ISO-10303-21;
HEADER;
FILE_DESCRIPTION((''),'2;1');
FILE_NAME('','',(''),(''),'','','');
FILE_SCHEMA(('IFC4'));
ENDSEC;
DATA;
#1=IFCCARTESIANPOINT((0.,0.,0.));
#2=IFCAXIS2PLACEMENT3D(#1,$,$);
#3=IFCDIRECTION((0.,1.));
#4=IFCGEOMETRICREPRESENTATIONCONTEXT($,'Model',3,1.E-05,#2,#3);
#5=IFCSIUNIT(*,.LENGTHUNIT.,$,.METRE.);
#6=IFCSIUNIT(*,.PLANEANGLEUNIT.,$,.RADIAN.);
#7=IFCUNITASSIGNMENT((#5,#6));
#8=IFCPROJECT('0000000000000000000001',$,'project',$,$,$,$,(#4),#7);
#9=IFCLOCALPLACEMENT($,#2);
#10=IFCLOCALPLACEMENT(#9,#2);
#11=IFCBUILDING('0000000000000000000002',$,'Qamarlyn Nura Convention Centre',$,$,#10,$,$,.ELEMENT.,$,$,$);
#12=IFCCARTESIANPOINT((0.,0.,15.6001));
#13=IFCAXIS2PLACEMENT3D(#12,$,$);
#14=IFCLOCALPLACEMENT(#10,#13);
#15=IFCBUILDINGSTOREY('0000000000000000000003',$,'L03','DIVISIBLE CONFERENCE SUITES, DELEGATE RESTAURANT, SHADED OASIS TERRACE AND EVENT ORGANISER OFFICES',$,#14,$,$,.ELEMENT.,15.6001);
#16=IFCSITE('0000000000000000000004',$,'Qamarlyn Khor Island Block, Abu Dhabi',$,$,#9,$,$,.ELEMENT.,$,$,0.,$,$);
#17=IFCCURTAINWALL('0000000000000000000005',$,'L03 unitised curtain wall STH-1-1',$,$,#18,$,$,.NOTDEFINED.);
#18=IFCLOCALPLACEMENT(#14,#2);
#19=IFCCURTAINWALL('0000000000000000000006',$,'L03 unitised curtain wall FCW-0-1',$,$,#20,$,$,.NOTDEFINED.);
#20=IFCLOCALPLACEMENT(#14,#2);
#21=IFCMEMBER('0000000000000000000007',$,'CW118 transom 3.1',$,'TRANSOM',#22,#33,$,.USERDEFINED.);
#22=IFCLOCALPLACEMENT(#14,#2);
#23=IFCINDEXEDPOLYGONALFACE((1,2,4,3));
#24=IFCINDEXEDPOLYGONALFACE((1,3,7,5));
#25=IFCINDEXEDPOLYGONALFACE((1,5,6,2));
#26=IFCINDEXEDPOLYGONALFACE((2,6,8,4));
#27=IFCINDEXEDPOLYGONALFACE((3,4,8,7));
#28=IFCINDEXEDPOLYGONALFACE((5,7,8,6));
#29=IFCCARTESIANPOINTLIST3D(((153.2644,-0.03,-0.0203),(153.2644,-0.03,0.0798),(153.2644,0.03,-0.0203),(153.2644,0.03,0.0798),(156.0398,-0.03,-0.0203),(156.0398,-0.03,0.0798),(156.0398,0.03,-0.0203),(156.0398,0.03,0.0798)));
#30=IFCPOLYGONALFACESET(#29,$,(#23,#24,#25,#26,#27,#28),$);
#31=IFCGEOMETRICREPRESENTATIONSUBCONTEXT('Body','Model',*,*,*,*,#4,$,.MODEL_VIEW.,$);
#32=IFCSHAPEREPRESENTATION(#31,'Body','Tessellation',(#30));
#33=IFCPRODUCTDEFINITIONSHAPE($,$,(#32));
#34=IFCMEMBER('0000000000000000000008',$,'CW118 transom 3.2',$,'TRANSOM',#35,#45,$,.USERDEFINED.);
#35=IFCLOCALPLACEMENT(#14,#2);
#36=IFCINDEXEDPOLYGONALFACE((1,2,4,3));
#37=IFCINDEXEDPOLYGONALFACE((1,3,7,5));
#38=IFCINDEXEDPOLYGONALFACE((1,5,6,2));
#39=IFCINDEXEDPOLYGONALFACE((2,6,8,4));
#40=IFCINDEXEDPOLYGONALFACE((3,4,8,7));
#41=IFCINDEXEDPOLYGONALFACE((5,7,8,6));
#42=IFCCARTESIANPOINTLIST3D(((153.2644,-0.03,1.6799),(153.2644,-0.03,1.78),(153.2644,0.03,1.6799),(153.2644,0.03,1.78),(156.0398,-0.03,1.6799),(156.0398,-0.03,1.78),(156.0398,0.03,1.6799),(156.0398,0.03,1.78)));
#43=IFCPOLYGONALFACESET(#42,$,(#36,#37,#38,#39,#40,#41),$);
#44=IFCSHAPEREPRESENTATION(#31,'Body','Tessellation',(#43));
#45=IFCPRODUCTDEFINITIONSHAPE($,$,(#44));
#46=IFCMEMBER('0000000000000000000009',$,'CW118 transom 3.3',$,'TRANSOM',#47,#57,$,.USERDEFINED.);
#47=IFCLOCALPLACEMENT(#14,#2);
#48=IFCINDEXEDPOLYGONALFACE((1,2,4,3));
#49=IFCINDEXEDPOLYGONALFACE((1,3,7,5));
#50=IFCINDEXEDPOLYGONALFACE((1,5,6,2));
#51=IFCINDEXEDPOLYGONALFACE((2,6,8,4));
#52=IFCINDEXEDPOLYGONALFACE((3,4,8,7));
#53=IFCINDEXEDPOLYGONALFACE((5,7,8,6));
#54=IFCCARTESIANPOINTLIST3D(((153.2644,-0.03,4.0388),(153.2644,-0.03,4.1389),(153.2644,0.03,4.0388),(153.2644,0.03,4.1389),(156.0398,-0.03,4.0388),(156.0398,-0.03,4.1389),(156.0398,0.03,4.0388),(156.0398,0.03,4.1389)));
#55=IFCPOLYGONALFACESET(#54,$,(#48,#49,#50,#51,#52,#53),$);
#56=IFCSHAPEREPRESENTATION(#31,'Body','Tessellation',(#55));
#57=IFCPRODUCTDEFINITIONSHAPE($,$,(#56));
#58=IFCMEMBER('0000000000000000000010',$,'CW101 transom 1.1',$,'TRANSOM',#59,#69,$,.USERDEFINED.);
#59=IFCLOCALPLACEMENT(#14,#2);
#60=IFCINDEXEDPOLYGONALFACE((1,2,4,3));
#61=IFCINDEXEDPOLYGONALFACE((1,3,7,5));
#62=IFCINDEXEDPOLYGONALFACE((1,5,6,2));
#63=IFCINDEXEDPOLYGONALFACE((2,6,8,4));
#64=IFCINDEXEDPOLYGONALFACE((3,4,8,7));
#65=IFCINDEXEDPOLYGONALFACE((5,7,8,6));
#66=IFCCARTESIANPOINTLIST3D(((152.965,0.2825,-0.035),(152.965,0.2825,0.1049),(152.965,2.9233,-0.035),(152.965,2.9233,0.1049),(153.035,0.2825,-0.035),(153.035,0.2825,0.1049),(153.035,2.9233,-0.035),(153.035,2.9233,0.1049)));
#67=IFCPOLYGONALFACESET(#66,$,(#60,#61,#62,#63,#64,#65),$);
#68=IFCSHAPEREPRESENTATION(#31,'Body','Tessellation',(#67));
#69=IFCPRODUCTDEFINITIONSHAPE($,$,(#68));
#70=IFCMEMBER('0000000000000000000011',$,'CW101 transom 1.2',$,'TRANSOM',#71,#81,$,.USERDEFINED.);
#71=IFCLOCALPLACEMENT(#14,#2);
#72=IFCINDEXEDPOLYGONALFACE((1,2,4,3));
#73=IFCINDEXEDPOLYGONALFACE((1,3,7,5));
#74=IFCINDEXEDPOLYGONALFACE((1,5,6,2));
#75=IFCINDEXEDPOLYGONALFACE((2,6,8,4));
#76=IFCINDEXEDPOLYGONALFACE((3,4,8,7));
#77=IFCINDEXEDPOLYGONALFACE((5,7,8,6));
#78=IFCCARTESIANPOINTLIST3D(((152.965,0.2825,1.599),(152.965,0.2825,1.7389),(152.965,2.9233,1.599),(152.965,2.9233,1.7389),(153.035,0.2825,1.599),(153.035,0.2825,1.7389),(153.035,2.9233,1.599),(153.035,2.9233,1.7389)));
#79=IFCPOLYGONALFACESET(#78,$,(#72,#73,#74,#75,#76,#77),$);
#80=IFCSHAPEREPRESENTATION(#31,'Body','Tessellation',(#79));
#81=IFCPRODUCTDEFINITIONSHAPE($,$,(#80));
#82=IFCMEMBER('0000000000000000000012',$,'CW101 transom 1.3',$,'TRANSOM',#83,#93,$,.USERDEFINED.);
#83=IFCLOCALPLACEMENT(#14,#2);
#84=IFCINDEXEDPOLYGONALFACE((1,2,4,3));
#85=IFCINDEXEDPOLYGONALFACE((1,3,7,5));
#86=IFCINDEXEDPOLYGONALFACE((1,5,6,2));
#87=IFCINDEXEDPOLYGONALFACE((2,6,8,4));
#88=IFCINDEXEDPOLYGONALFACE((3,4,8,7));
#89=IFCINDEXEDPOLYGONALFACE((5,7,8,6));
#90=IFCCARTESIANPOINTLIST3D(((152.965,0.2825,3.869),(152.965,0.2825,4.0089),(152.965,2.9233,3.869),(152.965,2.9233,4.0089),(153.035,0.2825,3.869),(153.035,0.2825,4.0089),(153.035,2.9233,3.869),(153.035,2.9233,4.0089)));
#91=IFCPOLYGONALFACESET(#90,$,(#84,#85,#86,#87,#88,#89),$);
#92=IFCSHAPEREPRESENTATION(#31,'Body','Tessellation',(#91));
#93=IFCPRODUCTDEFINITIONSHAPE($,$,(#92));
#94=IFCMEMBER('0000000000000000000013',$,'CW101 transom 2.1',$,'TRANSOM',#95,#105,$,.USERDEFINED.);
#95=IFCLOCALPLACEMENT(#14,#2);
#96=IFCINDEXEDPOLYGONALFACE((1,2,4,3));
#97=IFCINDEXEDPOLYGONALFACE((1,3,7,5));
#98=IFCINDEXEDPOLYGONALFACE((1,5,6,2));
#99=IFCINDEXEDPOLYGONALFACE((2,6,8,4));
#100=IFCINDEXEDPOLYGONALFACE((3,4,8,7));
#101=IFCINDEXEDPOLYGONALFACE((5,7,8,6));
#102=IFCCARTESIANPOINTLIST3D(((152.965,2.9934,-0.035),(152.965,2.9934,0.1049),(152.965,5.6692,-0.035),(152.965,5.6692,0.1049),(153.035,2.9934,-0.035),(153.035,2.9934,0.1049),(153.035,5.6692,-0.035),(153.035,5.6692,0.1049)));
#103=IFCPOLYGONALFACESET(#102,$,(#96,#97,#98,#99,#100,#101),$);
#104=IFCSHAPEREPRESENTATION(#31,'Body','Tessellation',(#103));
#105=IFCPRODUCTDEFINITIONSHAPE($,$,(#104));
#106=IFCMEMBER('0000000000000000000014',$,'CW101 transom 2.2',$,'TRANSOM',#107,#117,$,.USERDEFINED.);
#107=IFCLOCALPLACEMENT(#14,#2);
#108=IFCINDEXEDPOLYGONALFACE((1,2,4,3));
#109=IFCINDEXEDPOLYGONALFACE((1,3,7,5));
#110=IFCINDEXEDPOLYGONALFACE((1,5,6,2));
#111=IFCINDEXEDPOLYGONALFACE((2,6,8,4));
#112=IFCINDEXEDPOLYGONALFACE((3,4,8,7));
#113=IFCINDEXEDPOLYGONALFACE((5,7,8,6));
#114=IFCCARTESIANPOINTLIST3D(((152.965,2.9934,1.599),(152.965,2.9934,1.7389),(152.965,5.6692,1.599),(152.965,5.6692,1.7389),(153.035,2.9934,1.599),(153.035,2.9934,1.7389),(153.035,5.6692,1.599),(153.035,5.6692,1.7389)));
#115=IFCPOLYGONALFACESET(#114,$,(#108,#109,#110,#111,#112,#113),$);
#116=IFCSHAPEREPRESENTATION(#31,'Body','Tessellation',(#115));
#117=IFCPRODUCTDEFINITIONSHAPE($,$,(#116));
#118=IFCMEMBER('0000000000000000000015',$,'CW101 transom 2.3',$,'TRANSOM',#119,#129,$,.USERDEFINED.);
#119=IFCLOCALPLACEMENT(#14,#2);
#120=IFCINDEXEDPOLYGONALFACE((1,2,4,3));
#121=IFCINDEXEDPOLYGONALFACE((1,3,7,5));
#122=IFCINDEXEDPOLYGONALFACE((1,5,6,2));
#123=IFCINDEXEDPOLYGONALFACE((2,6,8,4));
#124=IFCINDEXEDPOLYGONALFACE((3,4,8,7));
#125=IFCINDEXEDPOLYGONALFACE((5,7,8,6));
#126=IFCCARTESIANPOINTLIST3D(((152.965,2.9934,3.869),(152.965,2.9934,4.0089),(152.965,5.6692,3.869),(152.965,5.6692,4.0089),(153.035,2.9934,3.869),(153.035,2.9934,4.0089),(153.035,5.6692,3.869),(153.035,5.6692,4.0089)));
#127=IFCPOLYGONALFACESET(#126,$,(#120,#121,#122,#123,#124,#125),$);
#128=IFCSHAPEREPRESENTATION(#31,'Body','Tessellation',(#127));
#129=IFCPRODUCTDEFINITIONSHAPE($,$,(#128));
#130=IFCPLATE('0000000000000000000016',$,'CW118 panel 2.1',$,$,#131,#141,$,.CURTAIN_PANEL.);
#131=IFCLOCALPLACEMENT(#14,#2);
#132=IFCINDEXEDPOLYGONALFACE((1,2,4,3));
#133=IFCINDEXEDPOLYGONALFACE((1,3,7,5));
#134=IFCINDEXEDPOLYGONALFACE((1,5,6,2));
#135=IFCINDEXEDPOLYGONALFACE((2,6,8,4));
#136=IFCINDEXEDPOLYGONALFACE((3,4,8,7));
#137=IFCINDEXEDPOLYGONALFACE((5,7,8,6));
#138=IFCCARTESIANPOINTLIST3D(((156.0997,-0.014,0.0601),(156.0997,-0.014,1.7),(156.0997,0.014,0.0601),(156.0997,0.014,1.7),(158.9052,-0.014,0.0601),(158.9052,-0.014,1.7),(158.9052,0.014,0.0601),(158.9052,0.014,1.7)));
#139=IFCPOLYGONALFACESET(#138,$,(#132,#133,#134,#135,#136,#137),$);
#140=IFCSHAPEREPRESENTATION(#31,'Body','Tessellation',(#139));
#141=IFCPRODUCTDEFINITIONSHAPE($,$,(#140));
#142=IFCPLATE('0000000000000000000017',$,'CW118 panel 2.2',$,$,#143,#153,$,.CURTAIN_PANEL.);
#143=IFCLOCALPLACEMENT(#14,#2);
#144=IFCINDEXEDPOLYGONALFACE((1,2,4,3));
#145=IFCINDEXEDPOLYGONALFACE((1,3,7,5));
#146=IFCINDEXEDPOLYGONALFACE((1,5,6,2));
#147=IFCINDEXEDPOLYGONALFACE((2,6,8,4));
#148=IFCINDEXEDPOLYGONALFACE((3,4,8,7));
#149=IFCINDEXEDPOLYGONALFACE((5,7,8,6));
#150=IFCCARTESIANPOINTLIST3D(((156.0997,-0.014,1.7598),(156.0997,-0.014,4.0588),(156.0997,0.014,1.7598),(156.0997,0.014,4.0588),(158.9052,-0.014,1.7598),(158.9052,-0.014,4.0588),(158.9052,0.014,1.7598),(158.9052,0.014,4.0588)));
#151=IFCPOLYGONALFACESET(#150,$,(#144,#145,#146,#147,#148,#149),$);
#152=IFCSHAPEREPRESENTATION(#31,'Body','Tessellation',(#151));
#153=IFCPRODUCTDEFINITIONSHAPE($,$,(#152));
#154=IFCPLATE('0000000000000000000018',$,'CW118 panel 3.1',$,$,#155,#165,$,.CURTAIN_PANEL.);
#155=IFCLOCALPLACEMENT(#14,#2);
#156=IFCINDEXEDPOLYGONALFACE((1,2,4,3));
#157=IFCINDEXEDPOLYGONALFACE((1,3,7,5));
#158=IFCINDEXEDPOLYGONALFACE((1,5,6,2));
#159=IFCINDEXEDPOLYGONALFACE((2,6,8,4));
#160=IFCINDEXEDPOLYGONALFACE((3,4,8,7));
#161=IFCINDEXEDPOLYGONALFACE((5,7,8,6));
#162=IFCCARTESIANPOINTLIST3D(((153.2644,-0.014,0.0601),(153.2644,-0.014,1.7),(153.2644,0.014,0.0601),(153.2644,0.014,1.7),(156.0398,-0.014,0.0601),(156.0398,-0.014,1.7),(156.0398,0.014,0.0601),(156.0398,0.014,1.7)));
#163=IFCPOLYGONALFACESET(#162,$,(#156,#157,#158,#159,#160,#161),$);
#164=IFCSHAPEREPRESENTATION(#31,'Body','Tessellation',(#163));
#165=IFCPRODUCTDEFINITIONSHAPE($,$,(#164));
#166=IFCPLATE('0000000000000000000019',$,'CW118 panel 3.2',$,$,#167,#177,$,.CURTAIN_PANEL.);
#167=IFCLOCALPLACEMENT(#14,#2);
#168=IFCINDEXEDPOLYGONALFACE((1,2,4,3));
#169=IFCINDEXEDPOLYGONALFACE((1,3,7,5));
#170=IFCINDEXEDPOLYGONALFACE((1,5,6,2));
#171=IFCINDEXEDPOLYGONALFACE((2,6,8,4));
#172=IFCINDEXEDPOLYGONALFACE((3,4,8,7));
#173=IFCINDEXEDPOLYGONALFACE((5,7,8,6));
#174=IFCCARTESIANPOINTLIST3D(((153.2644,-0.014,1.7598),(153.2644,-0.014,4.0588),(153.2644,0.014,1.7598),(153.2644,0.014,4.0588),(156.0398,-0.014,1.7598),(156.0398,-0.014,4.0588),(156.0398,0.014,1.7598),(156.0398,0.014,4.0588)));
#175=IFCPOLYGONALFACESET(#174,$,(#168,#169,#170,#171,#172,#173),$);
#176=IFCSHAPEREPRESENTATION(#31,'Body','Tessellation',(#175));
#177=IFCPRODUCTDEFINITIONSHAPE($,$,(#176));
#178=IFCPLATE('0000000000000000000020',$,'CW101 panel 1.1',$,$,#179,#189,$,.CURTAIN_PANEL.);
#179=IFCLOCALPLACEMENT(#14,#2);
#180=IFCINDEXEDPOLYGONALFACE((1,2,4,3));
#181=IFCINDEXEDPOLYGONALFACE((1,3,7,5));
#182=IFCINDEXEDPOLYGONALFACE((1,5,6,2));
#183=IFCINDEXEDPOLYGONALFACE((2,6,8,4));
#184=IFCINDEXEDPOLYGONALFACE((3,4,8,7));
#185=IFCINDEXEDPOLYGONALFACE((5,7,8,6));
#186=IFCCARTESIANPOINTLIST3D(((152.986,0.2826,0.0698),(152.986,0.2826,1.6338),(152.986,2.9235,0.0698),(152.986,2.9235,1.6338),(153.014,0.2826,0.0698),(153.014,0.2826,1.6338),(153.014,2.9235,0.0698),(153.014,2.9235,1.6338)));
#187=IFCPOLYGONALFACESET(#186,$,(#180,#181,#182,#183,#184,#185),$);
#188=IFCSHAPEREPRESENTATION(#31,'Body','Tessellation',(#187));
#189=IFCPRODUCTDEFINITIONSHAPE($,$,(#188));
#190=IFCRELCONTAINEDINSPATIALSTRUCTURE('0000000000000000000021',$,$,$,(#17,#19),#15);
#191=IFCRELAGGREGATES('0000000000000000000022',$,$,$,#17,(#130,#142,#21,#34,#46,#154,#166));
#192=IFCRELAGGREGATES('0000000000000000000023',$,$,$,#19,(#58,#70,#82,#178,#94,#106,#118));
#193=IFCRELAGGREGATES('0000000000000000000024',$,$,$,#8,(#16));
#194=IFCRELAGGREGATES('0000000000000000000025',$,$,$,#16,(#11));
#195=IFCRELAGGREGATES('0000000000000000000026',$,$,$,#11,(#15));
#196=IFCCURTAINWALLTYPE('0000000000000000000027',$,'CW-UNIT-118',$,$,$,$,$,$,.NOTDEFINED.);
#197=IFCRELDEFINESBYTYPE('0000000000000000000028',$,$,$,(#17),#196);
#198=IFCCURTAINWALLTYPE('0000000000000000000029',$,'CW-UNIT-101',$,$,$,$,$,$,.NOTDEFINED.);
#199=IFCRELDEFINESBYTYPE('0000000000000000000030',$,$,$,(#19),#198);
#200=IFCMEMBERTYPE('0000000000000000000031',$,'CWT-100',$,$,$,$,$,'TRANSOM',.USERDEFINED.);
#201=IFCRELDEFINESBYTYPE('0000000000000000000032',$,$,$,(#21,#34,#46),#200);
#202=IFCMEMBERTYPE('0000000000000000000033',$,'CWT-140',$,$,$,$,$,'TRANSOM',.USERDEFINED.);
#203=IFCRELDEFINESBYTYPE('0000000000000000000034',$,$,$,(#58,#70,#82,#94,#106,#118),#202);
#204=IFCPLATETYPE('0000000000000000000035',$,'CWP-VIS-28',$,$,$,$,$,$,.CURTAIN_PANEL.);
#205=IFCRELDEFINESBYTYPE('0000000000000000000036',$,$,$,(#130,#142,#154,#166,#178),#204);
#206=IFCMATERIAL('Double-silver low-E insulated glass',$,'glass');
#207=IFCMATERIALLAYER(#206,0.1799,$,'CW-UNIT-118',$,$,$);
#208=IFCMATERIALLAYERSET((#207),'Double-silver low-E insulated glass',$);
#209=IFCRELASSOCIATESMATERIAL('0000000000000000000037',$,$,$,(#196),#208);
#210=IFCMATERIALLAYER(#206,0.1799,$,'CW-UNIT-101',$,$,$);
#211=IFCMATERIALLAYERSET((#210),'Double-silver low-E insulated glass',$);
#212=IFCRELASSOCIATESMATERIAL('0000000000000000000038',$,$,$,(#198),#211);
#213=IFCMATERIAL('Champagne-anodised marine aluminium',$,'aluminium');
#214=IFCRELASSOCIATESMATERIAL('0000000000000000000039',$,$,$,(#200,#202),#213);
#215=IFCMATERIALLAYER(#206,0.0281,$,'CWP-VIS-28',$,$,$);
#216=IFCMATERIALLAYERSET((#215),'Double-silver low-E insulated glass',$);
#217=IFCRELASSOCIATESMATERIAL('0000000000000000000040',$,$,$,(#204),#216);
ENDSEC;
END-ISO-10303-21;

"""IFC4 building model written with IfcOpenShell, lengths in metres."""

from ifc_helpers import new_model, si_unit, direction, frame, origin, origin_2d, place, context, subcontext, project, spatial, rectangle, extrude, material, layer, layer_set, material_profile, profile_set, type_object, element, aggregate, save


model = new_model("IFC4")

# Units and contexts
model_context = context("Model", 3, precision=1e-05, world=origin(), true_north=direction((0.0, 1.0)))
body_context = subcontext(model_context, "Body", "Model", "MODEL_VIEW")
ifc_project = project(units=[si_unit("LENGTHUNIT", "METRE"), si_unit("PLANEANGLEUNIT", "RADIAN")], contexts=[model_context])

# Site, building, storey
site_placement = place(None, origin())
site = spatial("IfcSite", under=ifc_project, at=site_placement, Name="Qamarlyn Khor Island Block, Abu Dhabi", CompositionType="ELEMENT", RefElevation=0.0)
building_placement = place(site_placement, origin())
building = spatial("IfcBuilding", under=site, at=building_placement, Name="Qamarlyn Nura Convention Centre", CompositionType="ELEMENT")
storey_placement = place(building_placement, frame((0.0, 0.0, 15.6001)))
storey = spatial("IfcBuildingStorey", under=building, at=storey_placement, Name="L03", Description="DIVISIBLE CONFERENCE SUITES, DELEGATE RESTAURANT, SHADED OASIS TERRACE AND EVENT ORGANISER OFFICES", CompositionType="ELEMENT", Elevation=15.6001)

# Curtain walls
ifc_material_1 = material(Name="Double-silver low-E insulated glass", Category="glass")
ifc_layer_1 = layer(ifc_material_1, 0.1799, Name="CW-UNIT-118")
ifc_layer_set_1 = layer_set([ifc_layer_1], Name="Double-silver low-E insulated glass")
curtain_wall_type_1 = type_object("IfcCurtainWallType", Name="CW-UNIT-118", PredefinedType="NOTDEFINED", material=ifc_layer_set_1)
curtain_wall_1_placement = place(storey_placement, origin())
curtain_wall_1 = element("IfcCurtainWall", 1, at=curtain_wall_1_placement, inside=storey, type_object=curtain_wall_type_1, Name="L03 unitised curtain wall STH-1-1", PredefinedType="NOTDEFINED")
ifc_material_2 = material(Name="Champagne-anodised marine aluminium", Category="aluminium")
ifc_layer_2 = layer(ifc_material_1, 0.1799, Name="CW-UNIT-101")
ifc_layer_set_2 = layer_set([ifc_layer_2], Name="Double-silver low-E insulated glass")
curtain_wall_type_2 = type_object("IfcCurtainWallType", Name="CW-UNIT-101", PredefinedType="NOTDEFINED", material=ifc_layer_set_2)
curtain_wall_2_placement = place(storey_placement, origin())
curtain_wall_2 = element("IfcCurtainWall", 2, at=curtain_wall_2_placement, inside=storey, type_object=curtain_wall_type_2, Name="L03 unitised curtain wall FCW-0-1", PredefinedType="NOTDEFINED")

# Members
ifc_material_profile_1 = material_profile(ifc_material_2, rectangle(XDim=0.0601, YDim=0.1001, at=origin_2d()), Name="ALU TRANSOM 60x100")
ifc_profile_set_1 = profile_set([ifc_material_profile_1], Name="Champagne-anodised marine aluminium")
member_type_1 = type_object("IfcMemberType", Name="CWT-100", ElementType="TRANSOM", PredefinedType="USERDEFINED", material=ifc_profile_set_1)
member_1_placement = place(storey_placement, frame((156.0398, 0.0, 0.0298), z_axis=(-1.0, 0.0, 0.0), x_axis=(0.0, -1.0, 0.0)))
member_1 = element("IfcMember", 3, at=member_1_placement, type_object=member_type_1, Name="CW118 transom 3.1", ObjectType="TRANSOM", PredefinedType="USERDEFINED", context=body_context, shape_type="SweptSolid", body=[
    extrude(rectangle(XDim=0.0601, YDim=0.1001, at=origin_2d()), origin(), (0.0, 0.0, 1.0), 2.7754),
])
member_2_placement = place(storey_placement, frame((156.0398, 0.0, 1.73), z_axis=(-1.0, 0.0, 0.0), x_axis=(0.0, -1.0, 0.0)))
member_2 = element("IfcMember", 4, at=member_2_placement, type_object=member_type_1, Name="CW118 transom 3.2", ObjectType="TRANSOM", PredefinedType="USERDEFINED", context=body_context, shape_type="SweptSolid", body=[
    extrude(rectangle(XDim=0.0601, YDim=0.1001, at=origin_2d()), origin(), (0.0, 0.0, 1.0), 2.7754),
])
member_3_placement = place(storey_placement, frame((156.0398, 0.0, 4.0889), z_axis=(-1.0, 0.0, 0.0), x_axis=(0.0, -1.0, 0.0)))
member_3 = element("IfcMember", 5, at=member_3_placement, type_object=member_type_1, Name="CW118 transom 3.3", ObjectType="TRANSOM", PredefinedType="USERDEFINED", context=body_context, shape_type="SweptSolid", body=[
    extrude(rectangle(XDim=0.0601, YDim=0.1001, at=origin_2d()), origin(), (0.0, 0.0, 1.0), 2.7754),
])
ifc_material_profile_2 = material_profile(ifc_material_2, rectangle(XDim=0.0701, YDim=0.1399, at=origin_2d()), Name="ALU TRANSOM 70x140")
ifc_profile_set_2 = profile_set([ifc_material_profile_2], Name="Champagne-anodised marine aluminium")
member_type_2 = type_object("IfcMemberType", Name="CWT-140", ElementType="TRANSOM", PredefinedType="USERDEFINED", material=ifc_profile_set_2)
member_4_placement = place(storey_placement, frame((153.0, 0.2825, 0.0349), z_axis=(0.0, 1.0, 0.0), x_axis=(-1.0, 0.0, 0.0)))
member_4 = element("IfcMember", 6, at=member_4_placement, type_object=member_type_2, Name="CW101 transom 1.1", ObjectType="TRANSOM", PredefinedType="USERDEFINED", context=body_context, shape_type="SweptSolid", body=[
    extrude(rectangle(XDim=0.0701, YDim=0.1399, at=origin_2d()), origin(), (0.0, 0.0, 1.0), 2.6409),
])
member_5_placement = place(storey_placement, frame((153.0, 0.2825, 1.6689), z_axis=(0.0, 1.0, 0.0), x_axis=(-1.0, 0.0, 0.0)))
member_5 = element("IfcMember", 7, at=member_5_placement, type_object=member_type_2, Name="CW101 transom 1.2", ObjectType="TRANSOM", PredefinedType="USERDEFINED", context=body_context, shape_type="SweptSolid", body=[
    extrude(rectangle(XDim=0.0701, YDim=0.1399, at=origin_2d()), origin(), (0.0, 0.0, 1.0), 2.6409),
])
member_6_placement = place(storey_placement, frame((153.0, 0.2825, 3.939), z_axis=(0.0, 1.0, 0.0), x_axis=(-1.0, 0.0, 0.0)))
member_6 = element("IfcMember", 8, at=member_6_placement, type_object=member_type_2, Name="CW101 transom 1.3", ObjectType="TRANSOM", PredefinedType="USERDEFINED", context=body_context, shape_type="SweptSolid", body=[
    extrude(rectangle(XDim=0.0701, YDim=0.1399, at=origin_2d()), origin(), (0.0, 0.0, 1.0), 2.6409),
])
member_7_placement = place(storey_placement, frame((153.0, 2.9934, 0.0349), z_axis=(0.0, 1.0, 0.0), x_axis=(-1.0, 0.0, 0.0)))
member_7 = element("IfcMember", 9, at=member_7_placement, type_object=member_type_2, Name="CW101 transom 2.1", ObjectType="TRANSOM", PredefinedType="USERDEFINED", context=body_context, shape_type="SweptSolid", body=[
    extrude(rectangle(XDim=0.0701, YDim=0.1399, at=origin_2d()), origin(), (0.0, 0.0, 1.0), 2.6758),
])
member_8_placement = place(storey_placement, frame((153.0, 2.9934, 1.6689), z_axis=(0.0, 1.0, 0.0), x_axis=(-1.0, 0.0, 0.0)))
member_8 = element("IfcMember", 10, at=member_8_placement, type_object=member_type_2, Name="CW101 transom 2.2", ObjectType="TRANSOM", PredefinedType="USERDEFINED", context=body_context, shape_type="SweptSolid", body=[
    extrude(rectangle(XDim=0.0701, YDim=0.1399, at=origin_2d()), origin(), (0.0, 0.0, 1.0), 2.6758),
])
member_9_placement = place(storey_placement, frame((153.0, 2.9934, 3.939), z_axis=(0.0, 1.0, 0.0), x_axis=(-1.0, 0.0, 0.0)))
member_9 = element("IfcMember", 11, at=member_9_placement, type_object=member_type_2, Name="CW101 transom 2.3", ObjectType="TRANSOM", PredefinedType="USERDEFINED", context=body_context, shape_type="SweptSolid", body=[
    extrude(rectangle(XDim=0.0701, YDim=0.1399, at=origin_2d()), origin(), (0.0, 0.0, 1.0), 2.6758),
])

# Plates
ifc_layer_3 = layer(ifc_material_1, 0.0281, Name="CWP-VIS-28")
ifc_layer_set_3 = layer_set([ifc_layer_3], Name="Double-silver low-E insulated glass")
plate_type = type_object("IfcPlateType", Name="CWP-VIS-28", PredefinedType="CURTAIN_PANEL", material=ifc_layer_set_3)
plate_1_placement = place(storey_placement, frame((157.5024, 0.0, 0.0601), z_axis=(0.0, 0.0, 1.0), x_axis=(-1.0, 0.0, 0.0)))
plate_1 = element("IfcPlate", 12, at=plate_1_placement, type_object=plate_type, Name="CW118 panel 2.1", PredefinedType="CURTAIN_PANEL", context=body_context, shape_type="SweptSolid", body=[
    extrude(rectangle(XDim=2.8054, YDim=0.0281, at=origin_2d()), origin(), (0.0, 0.0, 1.0), 1.6399),
])
plate_2_placement = place(storey_placement, frame((157.5024, 0.0, 1.7598), z_axis=(0.0, 0.0, 1.0), x_axis=(-1.0, 0.0, 0.0)))
plate_2 = element("IfcPlate", 13, at=plate_2_placement, type_object=plate_type, Name="CW118 panel 2.2", PredefinedType="CURTAIN_PANEL", context=body_context, shape_type="SweptSolid", body=[
    extrude(rectangle(XDim=2.8054, YDim=0.0281, at=origin_2d()), origin(), (0.0, 0.0, 1.0), 2.2991),
])
plate_3_placement = place(storey_placement, frame((154.6521, 0.0, 0.0601), z_axis=(0.0, 0.0, 1.0), x_axis=(-1.0, 0.0, 0.0)))
plate_3 = element("IfcPlate", 14, at=plate_3_placement, type_object=plate_type, Name="CW118 panel 3.1", PredefinedType="CURTAIN_PANEL", context=body_context, shape_type="SweptSolid", body=[
    extrude(rectangle(XDim=2.7754, YDim=0.0281, at=origin_2d()), origin(), (0.0, 0.0, 1.0), 1.6399),
])
plate_4_placement = place(storey_placement, frame((154.6521, 0.0, 1.7598), z_axis=(0.0, 0.0, 1.0), x_axis=(-1.0, 0.0, 0.0)))
plate_4 = element("IfcPlate", 15, at=plate_4_placement, type_object=plate_type, Name="CW118 panel 3.2", PredefinedType="CURTAIN_PANEL", context=body_context, shape_type="SweptSolid", body=[
    extrude(rectangle(XDim=2.7754, YDim=0.0281, at=origin_2d()), origin(), (0.0, 0.0, 1.0), 2.2991),
])
aggregate(curtain_wall_1, [plate_1, plate_2, member_1, member_2, member_3, plate_3, plate_4])
plate_5_placement = place(storey_placement, frame((153.0, 1.603, 0.0698), z_axis=(0.0, 0.0, 1.0), x_axis=(0.0, 1.0, 0.0)))
plate_5 = element("IfcPlate", 16, at=plate_5_placement, type_object=plate_type, Name="CW101 panel 1.1", PredefinedType="CURTAIN_PANEL", context=body_context, shape_type="SweptSolid", body=[
    extrude(rectangle(XDim=2.6409, YDim=0.0281, at=origin_2d()), origin(), (0.0, 0.0, 1.0), 1.564),
])
aggregate(curtain_wall_2, [member_4, member_5, member_6, plate_5, member_7, member_8, member_9])

save(model, "model.ifc")
